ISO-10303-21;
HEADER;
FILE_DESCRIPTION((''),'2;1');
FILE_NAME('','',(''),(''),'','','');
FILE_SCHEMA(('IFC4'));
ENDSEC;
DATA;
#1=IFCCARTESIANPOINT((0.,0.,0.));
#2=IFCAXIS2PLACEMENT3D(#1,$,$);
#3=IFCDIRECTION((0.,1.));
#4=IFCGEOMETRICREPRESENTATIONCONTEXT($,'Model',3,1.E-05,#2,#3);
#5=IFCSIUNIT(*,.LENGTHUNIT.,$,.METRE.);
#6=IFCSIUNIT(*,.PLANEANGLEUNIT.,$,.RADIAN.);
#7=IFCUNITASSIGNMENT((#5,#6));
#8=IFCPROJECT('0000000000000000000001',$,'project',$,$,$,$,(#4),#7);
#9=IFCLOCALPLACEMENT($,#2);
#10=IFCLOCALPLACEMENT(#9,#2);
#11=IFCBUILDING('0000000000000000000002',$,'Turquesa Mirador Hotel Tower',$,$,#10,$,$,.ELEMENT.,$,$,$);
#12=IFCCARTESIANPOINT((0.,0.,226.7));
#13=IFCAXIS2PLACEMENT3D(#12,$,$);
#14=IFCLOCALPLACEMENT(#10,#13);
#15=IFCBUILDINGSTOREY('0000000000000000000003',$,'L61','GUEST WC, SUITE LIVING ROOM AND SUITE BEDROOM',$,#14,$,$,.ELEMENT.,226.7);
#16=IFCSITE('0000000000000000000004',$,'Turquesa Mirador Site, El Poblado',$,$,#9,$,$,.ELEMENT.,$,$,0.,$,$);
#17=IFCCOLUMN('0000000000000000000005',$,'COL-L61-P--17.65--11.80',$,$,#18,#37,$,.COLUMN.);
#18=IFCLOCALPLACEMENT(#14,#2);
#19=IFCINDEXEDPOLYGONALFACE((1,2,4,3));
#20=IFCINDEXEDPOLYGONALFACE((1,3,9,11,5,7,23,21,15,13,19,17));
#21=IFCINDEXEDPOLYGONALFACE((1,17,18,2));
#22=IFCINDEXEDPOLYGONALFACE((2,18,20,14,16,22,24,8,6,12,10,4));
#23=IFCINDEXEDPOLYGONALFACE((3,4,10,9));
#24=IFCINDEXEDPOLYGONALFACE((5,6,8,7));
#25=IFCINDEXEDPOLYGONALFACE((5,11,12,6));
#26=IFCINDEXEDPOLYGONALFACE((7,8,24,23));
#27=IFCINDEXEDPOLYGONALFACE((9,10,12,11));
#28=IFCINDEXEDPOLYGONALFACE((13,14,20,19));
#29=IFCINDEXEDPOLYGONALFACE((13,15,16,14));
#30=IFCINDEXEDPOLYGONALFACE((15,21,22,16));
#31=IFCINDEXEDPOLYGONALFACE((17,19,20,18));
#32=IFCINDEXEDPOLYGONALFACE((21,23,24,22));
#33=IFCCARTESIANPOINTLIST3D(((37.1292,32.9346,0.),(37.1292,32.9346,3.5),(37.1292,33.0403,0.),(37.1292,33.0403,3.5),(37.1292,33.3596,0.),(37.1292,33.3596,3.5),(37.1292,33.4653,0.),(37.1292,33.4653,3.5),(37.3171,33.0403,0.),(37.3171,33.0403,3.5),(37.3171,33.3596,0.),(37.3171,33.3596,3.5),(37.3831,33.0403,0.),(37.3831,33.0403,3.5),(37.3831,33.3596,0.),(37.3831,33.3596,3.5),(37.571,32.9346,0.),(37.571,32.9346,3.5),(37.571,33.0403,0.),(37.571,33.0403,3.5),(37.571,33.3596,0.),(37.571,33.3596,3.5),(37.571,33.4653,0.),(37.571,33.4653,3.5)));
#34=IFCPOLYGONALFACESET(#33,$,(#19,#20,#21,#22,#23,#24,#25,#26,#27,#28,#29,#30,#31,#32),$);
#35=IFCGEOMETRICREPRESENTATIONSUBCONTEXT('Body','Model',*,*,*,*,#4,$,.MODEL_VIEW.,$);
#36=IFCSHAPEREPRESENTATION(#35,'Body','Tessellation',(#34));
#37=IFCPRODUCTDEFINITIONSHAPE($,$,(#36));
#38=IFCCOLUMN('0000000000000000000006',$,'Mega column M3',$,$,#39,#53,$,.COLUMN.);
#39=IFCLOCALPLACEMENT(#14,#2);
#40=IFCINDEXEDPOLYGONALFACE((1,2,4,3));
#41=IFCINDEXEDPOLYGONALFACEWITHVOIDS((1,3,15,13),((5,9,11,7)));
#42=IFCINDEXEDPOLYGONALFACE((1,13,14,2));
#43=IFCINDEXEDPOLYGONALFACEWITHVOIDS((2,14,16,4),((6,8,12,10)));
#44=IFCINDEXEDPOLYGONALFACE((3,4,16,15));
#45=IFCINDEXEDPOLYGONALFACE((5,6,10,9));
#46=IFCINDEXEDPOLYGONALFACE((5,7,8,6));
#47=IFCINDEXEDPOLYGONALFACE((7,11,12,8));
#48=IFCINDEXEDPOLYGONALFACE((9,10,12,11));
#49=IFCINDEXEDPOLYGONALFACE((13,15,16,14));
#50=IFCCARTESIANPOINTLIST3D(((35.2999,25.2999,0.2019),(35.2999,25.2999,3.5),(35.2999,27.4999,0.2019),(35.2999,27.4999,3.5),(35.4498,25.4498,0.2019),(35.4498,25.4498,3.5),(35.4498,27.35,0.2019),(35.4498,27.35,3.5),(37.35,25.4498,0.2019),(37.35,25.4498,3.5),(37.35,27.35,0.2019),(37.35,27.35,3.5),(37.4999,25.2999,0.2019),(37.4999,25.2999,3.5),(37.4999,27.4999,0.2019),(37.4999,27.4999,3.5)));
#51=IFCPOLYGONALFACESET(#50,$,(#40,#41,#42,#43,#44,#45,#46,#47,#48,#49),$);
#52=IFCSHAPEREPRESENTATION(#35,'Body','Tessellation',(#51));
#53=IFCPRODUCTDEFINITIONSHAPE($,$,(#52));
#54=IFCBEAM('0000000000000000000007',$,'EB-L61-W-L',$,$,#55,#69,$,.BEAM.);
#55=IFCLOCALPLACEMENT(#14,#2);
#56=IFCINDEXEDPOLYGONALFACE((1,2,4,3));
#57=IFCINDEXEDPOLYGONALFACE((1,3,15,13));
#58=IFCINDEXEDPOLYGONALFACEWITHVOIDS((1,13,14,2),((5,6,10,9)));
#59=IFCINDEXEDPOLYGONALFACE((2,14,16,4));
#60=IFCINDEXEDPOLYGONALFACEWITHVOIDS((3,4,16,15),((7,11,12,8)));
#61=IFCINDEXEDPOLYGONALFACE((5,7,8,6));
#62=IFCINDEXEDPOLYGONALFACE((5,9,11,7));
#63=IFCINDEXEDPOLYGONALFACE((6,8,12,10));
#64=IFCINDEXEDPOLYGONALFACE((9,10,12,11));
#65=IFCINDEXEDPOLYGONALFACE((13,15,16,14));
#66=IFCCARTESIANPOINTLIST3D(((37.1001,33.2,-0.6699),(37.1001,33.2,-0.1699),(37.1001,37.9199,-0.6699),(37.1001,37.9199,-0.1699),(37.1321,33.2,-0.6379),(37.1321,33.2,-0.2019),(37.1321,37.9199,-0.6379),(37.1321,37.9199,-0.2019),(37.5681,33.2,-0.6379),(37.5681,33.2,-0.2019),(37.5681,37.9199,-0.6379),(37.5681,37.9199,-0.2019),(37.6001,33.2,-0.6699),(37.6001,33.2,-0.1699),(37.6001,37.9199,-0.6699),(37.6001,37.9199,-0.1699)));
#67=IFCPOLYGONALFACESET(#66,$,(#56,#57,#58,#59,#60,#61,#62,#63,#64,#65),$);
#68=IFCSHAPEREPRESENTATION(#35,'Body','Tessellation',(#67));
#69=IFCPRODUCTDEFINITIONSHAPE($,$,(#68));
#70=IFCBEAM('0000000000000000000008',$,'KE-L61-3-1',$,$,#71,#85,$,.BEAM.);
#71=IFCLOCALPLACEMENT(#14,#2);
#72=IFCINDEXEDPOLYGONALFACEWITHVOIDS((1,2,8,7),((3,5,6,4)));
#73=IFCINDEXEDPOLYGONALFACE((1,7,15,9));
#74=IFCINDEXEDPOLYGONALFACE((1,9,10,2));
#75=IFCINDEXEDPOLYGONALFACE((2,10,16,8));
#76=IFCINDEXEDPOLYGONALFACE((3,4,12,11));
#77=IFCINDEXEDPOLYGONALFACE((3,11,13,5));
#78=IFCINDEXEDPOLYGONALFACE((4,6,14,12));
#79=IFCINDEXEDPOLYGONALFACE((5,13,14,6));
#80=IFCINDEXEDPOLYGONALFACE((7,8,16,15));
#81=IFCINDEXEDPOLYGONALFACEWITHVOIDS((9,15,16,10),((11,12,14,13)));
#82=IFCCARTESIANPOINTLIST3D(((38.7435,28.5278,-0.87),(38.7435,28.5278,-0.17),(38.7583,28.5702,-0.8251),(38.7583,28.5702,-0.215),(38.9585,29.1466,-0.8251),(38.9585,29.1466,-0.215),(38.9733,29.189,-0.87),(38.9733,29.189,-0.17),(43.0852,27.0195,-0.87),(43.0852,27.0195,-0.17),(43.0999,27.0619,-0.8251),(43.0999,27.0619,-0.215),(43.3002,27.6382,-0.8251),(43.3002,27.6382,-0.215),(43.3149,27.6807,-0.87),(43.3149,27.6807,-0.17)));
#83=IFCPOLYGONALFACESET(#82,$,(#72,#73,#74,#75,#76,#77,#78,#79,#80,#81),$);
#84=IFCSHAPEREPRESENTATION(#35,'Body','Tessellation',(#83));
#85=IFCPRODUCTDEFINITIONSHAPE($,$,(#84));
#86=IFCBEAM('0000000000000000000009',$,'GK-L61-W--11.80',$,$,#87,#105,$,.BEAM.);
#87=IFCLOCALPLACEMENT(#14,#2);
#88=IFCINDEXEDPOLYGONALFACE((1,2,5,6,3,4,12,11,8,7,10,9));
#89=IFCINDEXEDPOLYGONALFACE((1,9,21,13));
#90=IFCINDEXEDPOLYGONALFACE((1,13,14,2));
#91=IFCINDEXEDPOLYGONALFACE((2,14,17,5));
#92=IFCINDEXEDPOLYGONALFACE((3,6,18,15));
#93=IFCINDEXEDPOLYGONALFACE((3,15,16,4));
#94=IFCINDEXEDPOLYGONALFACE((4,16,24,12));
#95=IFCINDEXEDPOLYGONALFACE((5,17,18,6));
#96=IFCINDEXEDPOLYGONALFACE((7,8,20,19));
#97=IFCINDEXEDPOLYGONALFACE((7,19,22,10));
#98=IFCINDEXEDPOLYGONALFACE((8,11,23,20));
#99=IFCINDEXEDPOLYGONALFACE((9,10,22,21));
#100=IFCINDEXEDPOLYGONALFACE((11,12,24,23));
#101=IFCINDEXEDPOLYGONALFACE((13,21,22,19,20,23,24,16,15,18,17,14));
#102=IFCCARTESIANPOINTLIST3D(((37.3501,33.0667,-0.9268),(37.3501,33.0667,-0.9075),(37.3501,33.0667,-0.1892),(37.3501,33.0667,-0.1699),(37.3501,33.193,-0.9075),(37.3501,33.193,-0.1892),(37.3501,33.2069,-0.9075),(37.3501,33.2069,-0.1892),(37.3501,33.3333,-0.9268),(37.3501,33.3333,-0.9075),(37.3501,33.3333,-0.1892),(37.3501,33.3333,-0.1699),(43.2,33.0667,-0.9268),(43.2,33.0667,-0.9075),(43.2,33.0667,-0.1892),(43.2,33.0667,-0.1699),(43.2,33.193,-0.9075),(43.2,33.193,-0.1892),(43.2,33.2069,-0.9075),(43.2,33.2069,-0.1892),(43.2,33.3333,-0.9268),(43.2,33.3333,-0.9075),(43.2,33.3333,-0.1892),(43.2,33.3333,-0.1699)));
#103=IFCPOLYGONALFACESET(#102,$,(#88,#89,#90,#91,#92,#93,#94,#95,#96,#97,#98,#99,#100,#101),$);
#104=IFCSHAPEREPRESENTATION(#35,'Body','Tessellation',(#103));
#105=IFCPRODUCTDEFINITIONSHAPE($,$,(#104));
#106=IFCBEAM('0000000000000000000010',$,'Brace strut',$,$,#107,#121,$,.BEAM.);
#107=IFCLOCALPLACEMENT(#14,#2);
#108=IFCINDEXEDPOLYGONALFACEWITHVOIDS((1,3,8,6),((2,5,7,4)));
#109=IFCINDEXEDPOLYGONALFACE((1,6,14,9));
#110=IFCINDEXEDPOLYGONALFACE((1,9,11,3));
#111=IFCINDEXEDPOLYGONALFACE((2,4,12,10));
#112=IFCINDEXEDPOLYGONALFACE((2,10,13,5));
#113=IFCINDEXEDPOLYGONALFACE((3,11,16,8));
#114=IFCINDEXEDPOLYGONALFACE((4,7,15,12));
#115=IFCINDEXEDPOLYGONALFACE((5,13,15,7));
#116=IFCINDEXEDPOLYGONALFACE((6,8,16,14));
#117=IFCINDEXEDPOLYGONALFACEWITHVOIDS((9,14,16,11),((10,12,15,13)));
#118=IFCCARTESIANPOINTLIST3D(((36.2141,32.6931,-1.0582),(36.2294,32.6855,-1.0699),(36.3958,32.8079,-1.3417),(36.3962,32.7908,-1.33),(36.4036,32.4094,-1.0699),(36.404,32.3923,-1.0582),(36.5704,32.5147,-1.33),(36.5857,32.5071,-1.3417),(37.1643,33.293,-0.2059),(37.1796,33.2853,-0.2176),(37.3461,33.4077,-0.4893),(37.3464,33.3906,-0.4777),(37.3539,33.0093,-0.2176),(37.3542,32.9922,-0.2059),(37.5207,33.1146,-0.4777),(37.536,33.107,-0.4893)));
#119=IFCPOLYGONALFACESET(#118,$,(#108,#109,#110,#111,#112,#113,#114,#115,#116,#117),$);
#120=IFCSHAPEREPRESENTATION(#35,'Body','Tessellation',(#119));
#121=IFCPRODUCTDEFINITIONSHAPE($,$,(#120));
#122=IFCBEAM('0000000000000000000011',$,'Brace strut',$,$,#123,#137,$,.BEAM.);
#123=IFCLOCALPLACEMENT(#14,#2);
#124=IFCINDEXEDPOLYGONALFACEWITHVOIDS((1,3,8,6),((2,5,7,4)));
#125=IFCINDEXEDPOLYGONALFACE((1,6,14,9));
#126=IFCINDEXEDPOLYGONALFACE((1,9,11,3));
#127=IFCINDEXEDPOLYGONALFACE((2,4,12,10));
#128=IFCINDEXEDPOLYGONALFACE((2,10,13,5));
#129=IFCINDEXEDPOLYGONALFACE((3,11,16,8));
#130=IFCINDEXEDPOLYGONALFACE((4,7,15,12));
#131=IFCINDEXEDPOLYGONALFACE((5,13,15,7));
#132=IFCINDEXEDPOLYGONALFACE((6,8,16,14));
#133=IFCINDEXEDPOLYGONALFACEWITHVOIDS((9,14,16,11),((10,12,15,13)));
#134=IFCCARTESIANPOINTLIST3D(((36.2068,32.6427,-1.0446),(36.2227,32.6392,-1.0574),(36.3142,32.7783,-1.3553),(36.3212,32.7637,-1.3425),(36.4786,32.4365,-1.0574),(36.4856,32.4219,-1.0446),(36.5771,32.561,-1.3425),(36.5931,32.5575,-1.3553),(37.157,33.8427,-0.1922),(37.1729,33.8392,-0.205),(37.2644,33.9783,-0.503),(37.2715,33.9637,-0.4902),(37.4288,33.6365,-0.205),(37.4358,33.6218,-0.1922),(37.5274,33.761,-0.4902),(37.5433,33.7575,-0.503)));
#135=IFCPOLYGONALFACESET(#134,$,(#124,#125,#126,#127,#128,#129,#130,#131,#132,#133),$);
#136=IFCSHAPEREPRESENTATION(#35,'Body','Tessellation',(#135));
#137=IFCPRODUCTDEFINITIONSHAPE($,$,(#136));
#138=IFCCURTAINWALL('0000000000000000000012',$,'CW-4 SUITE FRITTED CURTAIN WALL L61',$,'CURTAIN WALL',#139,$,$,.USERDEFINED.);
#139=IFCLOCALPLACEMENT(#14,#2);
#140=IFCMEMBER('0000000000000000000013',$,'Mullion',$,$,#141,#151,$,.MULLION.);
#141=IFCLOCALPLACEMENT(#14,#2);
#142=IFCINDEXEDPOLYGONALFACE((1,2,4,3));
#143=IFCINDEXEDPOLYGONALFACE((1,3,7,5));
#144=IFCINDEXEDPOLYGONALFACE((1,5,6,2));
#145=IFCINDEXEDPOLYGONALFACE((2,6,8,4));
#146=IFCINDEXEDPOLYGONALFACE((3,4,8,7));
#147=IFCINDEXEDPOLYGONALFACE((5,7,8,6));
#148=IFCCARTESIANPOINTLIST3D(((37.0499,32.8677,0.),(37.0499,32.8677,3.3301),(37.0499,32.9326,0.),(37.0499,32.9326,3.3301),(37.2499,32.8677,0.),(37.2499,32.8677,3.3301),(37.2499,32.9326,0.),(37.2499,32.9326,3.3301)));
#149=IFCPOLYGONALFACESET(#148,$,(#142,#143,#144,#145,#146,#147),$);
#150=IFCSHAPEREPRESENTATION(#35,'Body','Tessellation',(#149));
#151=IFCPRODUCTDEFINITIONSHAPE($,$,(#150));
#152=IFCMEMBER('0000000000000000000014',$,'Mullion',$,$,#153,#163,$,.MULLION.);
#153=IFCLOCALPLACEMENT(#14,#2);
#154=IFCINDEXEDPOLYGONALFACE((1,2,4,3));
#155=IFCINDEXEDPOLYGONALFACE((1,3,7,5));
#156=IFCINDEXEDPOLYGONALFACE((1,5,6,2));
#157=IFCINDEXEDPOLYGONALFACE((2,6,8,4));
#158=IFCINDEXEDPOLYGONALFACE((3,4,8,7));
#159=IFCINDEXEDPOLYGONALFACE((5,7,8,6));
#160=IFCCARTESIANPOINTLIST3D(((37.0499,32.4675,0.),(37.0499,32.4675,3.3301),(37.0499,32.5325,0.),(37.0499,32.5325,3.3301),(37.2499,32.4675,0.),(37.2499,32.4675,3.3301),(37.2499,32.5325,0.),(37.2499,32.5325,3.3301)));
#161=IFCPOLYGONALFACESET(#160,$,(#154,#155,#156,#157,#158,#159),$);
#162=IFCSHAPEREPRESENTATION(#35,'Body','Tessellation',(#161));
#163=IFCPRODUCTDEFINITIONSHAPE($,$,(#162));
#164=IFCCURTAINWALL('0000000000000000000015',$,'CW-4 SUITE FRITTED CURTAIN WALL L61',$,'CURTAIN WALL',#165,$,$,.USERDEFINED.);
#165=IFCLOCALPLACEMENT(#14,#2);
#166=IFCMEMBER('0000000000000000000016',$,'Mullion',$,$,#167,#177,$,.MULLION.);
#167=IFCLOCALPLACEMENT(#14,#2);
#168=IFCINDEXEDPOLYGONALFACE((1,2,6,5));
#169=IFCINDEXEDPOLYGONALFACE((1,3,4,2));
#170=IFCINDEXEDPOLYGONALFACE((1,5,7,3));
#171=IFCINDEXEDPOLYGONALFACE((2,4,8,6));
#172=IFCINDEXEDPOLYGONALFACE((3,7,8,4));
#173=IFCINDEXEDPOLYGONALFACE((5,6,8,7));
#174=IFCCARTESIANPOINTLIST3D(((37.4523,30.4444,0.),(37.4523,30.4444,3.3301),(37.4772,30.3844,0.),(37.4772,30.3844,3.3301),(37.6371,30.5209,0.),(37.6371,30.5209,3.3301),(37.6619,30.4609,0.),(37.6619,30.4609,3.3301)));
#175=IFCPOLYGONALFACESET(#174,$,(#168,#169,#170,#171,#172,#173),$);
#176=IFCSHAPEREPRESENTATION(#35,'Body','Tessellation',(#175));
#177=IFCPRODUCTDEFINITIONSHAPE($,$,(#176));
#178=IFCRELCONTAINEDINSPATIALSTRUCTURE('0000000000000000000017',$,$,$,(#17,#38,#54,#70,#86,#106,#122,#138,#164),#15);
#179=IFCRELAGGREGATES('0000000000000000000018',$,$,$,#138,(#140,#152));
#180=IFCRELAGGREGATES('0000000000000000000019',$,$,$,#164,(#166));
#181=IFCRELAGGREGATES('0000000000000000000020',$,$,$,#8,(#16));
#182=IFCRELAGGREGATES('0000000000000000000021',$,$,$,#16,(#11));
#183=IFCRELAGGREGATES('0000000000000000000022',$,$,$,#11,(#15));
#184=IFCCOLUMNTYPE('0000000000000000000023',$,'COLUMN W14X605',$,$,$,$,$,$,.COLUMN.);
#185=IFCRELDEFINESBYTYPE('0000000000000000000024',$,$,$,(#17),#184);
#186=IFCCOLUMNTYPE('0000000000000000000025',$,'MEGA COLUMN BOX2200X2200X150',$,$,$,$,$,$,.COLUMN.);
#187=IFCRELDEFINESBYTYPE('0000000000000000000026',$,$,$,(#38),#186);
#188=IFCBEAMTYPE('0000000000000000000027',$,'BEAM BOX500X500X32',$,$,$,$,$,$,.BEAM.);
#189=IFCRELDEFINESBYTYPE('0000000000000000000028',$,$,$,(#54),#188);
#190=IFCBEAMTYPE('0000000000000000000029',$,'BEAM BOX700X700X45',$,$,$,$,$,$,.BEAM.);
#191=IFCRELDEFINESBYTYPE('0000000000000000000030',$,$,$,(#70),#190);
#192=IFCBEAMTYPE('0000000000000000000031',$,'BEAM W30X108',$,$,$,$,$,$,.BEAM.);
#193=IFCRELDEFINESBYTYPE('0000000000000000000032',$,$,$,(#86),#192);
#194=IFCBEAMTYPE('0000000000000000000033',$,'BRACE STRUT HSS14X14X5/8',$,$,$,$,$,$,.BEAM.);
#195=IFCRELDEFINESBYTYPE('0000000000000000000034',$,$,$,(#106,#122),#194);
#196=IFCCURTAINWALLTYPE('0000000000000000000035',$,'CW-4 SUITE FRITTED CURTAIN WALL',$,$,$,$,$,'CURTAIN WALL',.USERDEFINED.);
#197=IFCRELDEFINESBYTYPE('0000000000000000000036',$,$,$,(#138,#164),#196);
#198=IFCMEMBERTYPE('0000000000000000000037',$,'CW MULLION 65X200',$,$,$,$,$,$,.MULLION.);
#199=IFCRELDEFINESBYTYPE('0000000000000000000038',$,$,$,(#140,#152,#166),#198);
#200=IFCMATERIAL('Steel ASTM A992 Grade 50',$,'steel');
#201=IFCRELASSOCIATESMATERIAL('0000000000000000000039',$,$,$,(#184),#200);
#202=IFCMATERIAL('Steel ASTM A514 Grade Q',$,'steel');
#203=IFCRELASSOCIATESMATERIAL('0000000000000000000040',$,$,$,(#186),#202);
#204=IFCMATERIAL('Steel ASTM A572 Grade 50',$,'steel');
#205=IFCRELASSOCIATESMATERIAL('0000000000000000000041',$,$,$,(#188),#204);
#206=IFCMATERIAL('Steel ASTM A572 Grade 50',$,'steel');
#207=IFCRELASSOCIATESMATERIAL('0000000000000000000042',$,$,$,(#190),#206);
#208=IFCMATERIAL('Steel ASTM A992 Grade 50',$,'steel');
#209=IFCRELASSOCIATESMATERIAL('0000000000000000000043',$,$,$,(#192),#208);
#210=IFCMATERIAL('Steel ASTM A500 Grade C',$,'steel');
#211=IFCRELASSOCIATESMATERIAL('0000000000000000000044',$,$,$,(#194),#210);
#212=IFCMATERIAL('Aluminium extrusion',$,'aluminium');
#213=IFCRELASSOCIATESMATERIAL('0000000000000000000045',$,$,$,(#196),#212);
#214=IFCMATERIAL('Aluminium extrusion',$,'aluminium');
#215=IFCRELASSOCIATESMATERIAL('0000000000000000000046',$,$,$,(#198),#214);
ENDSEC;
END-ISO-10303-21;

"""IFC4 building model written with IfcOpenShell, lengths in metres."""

from ifc_helpers import new_model, si_unit, direction, frame, origin, origin_2d, place, context, subcontext, project, spatial, rectangle, hollow_rectangle, i_section, extrude, clip, halfspace, material, material_profile, profile_set, type_object, element, aggregate, save


model = new_model("IFC4")

# Units and contexts
model_context = context("Model", 3, precision=1e-05, world=origin(), true_north=direction((0.0, 1.0)))
body_context = subcontext(model_context, "Body", "Model", "MODEL_VIEW")
ifc_project = project(units=[si_unit("LENGTHUNIT", "METRE"), si_unit("PLANEANGLEUNIT", "RADIAN")], contexts=[model_context])

# Site, building, storey
site_placement = place(None, origin())
site = spatial("IfcSite", under=ifc_project, at=site_placement, Name="Turquesa Mirador Site, El Poblado", CompositionType="ELEMENT", RefElevation=0.0)
building_placement = place(site_placement, origin())
building = spatial("IfcBuilding", under=site, at=building_placement, Name="Turquesa Mirador Hotel Tower", CompositionType="ELEMENT")
storey_placement = place(building_placement, frame((0.0, 0.0, 226.7)))
storey = spatial("IfcBuildingStorey", under=building, at=storey_placement, Name="L61", Description="GUEST WC, SUITE LIVING ROOM AND SUITE BEDROOM", CompositionType="ELEMENT", Elevation=226.7)

# Columns
ifc_material_1 = material(Name="Steel ASTM A992 Grade 50", Category="steel")
ifc_material_profile_1 = material_profile(ifc_material_1, i_section(OverallWidth=0.4419, OverallDepth=0.5308, WebThickness=0.0659, FlangeThickness=0.1057, at=origin_2d()), Name="W14X605")
ifc_profile_set_1 = profile_set([ifc_material_profile_1], Name="Steel ASTM A992 Grade 50")
column_type_1 = type_object("IfcColumnType", Name="COLUMN W14X605", PredefinedType="COLUMN", material=ifc_profile_set_1)
column_1_placement = place(storey_placement, frame((37.3501, 33.2, 0.0), z_axis=(0.0, 0.0, 1.0), x_axis=(1.0, 0.0, 0.0)))
element("IfcColumn", 1, at=column_1_placement, inside=storey, type_object=column_type_1, Name="COL-L61-P--17.65--11.80", PredefinedType="COLUMN", context=body_context, shape_type="SweptSolid", body=[
    extrude(i_section(OverallWidth=0.4419, OverallDepth=0.5308, WebThickness=0.0659, FlangeThickness=0.1057, at=origin_2d()), origin(), (0.0, 0.0, 1.0), 3.5),
])
ifc_material_2 = material(Name="Steel ASTM A514 Grade Q", Category="steel")
ifc_material_profile_2 = material_profile(ifc_material_2, hollow_rectangle(XDim=2.2, YDim=2.2, WallThickness=0.1499, at=origin_2d()), Name="BOX2200X2200X150")
ifc_profile_set_2 = profile_set([ifc_material_profile_2], Name="Steel ASTM A514 Grade Q")
column_type_2 = type_object("IfcColumnType", Name="MEGA COLUMN BOX2200X2200X150", PredefinedType="COLUMN", material=ifc_profile_set_2)
column_2_placement = place(storey_placement, frame((36.3999, 26.3999, 0.0), z_axis=(0.0, 0.0, 1.0), x_axis=(1.0, 0.0, 0.0)))
element("IfcColumn", 2, at=column_2_placement, inside=storey, type_object=column_type_2, Name="Mega column M3", PredefinedType="COLUMN", context=body_context, shape_type="Clipping", body=[
    clip(extrude(hollow_rectangle(XDim=2.2, YDim=2.2, WallThickness=0.1499, at=origin_2d()), origin(), (0.0, 0.0, 1.0), 3.5), halfspace(frame((0.0, 0.0, 0.2019), z_axis=(0.0, 0.0, -1.0), x_axis=(1.0, 0.0, 0.0)), False)),
])

# Beams
ifc_material_3 = material(Name="Steel ASTM A572 Grade 50", Category="steel")
ifc_material_profile_3 = material_profile(ifc_material_3, hollow_rectangle(XDim=0.5, YDim=0.5, WallThickness=0.032, at=origin_2d()), Name="BOX500X500X32")
ifc_profile_set_3 = profile_set([ifc_material_profile_3], Name="Steel ASTM A572 Grade 50")
beam_type_1 = type_object("IfcBeamType", Name="BEAM BOX500X500X32", PredefinedType="BEAM", material=ifc_profile_set_3)
beam_1_placement = place(storey_placement, frame((37.3501, 33.2, -0.4199), z_axis=(0.0, 1.0, 0.0), x_axis=(-1.0, 0.0, 0.0)))
element("IfcBeam", 3, at=beam_1_placement, inside=storey, type_object=beam_type_1, Name="EB-L61-W-L", PredefinedType="BEAM", context=body_context, shape_type="SweptSolid", body=[
    extrude(hollow_rectangle(XDim=0.5, YDim=0.5, WallThickness=0.032, at=origin_2d()), origin(), (0.0, 0.0, 1.0), 4.72),
])
ifc_material_4 = material(Name="Steel ASTM A572 Grade 50", Category="steel")
ifc_material_profile_4 = material_profile(ifc_material_4, hollow_rectangle(XDim=0.7, YDim=0.7, WallThickness=0.0449, at=origin_2d()), Name="BOX700X700X45")
ifc_profile_set_4 = profile_set([ifc_material_profile_4], Name="Steel ASTM A572 Grade 50")
beam_type_2 = type_object("IfcBeamType", Name="BEAM BOX700X700X45", PredefinedType="BEAM", material=ifc_profile_set_4)
beam_2_placement = place(storey_placement, frame((38.8584, 28.8584, -0.52), z_axis=(0.944619, -0.32817, 0.0), x_axis=(0.32817, 0.944619, 0.0)))
element("IfcBeam", 4, at=beam_2_placement, inside=storey, type_object=beam_type_2, Name="KE-L61-3-1", PredefinedType="BEAM", context=body_context, shape_type="SweptSolid", body=[
    extrude(hollow_rectangle(XDim=0.7, YDim=0.7, WallThickness=0.0449, at=origin_2d()), origin(), (0.0, 0.0, 1.0), 4.5962),
])
ifc_material_5 = material(Name="Steel ASTM A992 Grade 50", Category="steel")
ifc_material_profile_5 = material_profile(ifc_material_5, i_section(OverallWidth=0.2666, OverallDepth=0.7568, WebThickness=0.0139, FlangeThickness=0.0193, at=origin_2d()), Name="W30X108")
ifc_profile_set_5 = profile_set([ifc_material_profile_5], Name="Steel ASTM A992 Grade 50")
beam_type_3 = type_object("IfcBeamType", Name="BEAM W30X108", PredefinedType="BEAM", material=ifc_profile_set_5)
beam_3_placement = place(storey_placement, frame((37.3501, 33.2, -0.5483), z_axis=(1.0, 0.0, 0.0), x_axis=(0.0, 1.0, 0.0)))
element("IfcBeam", 5, at=beam_3_placement, inside=storey, type_object=beam_type_3, Name="GK-L61-W--11.80", PredefinedType="BEAM", context=body_context, shape_type="SweptSolid", body=[
    extrude(i_section(OverallWidth=0.2666, OverallDepth=0.7568, WebThickness=0.0139, FlangeThickness=0.0193, at=origin_2d()), origin(), (0.0, 0.0, 1.0), 5.8499),
])
ifc_material_6 = material(Name="Steel ASTM A500 Grade C", Category="steel")
ifc_material_profile_6 = material_profile(ifc_material_6, hollow_rectangle(XDim=0.3557, YDim=0.3557, WallThickness=0.0146, at=origin_2d()), Name="HSS14X14X5/8")
ifc_profile_set_6 = profile_set([ifc_material_profile_6], Name="Steel ASTM A500 Grade C")
beam_type_4 = type_object("IfcBeamType", Name="BRACE STRUT HSS14X14X5/8", PredefinedType="BEAM", material=ifc_profile_set_6)
beam_4_placement = place(storey_placement, frame((36.3999, 32.6001, -1.2), z_axis=(0.673728, 0.425321, 0.604312), x_axis=(-0.533821, 0.845597, 0.0)))
element("IfcBeam", 6, at=beam_4_placement, inside=storey, type_object=beam_type_4, Name="Brace strut", PredefinedType="BEAM", context=body_context, shape_type="SweptSolid", body=[
    extrude(hollow_rectangle(XDim=0.3557, YDim=0.3557, WallThickness=0.0146, at=origin_2d()), origin(), (0.0, 0.0, 1.0), 1.4104),
])
beam_5_placement = place(storey_placement, frame((36.3999, 32.6001, -1.2), z_axis=(0.542379, 0.684942, 0.486497), x_axis=(-0.783971, 0.620797, 0.0)))
element("IfcBeam", 7, at=beam_5_placement, inside=storey, type_object=beam_type_4, Name="Brace strut", PredefinedType="BEAM", context=body_context, shape_type="SweptSolid", body=[
    extrude(hollow_rectangle(XDim=0.3557, YDim=0.3557, WallThickness=0.0146, at=origin_2d()), origin(), (0.0, 0.0, 1.0), 1.752),
])

# Curtain wall, members
ifc_material_7 = material(Name="Aluminium extrusion", Category="aluminium")
curtain_wall_type = type_object("IfcCurtainWallType", Name="CW-4 SUITE FRITTED CURTAIN WALL", ElementType="CURTAIN WALL", PredefinedType="USERDEFINED", material=ifc_material_7)
curtain_wall_1_placement = place(storey_placement, origin())
curtain_wall_1 = element("IfcCurtainWall", 8, at=curtain_wall_1_placement, inside=storey, type_object=curtain_wall_type, Name="CW-4 SUITE FRITTED CURTAIN WALL L61", ObjectType="CURTAIN WALL", PredefinedType="USERDEFINED")
ifc_material_8 = material(Name="Aluminium extrusion", Category="aluminium")
ifc_material_profile_7 = material_profile(ifc_material_8, rectangle(XDim=0.0649, YDim=0.2, at=origin_2d()), Name="MULLION 65X200")
ifc_profile_set_7 = profile_set([ifc_material_profile_7], Name="Aluminium extrusion")
member_type_1 = type_object("IfcMemberType", Name="CW MULLION 65X200", PredefinedType="MULLION", material=ifc_profile_set_7)
member_1_placement = place(storey_placement, frame((37.1499, 32.9001, 0.0), z_axis=(0.0, 0.0, 1.0), x_axis=(0.0, -1.0, 0.0)))
member_1 = element("IfcMember", 9, at=member_1_placement, type_object=member_type_1, Name="Mullion", PredefinedType="MULLION", context=body_context, shape_type="SweptSolid", body=[
    extrude(rectangle(XDim=0.0649, YDim=0.2, at=origin_2d()), origin(), (0.0, 0.0, 1.0), 3.3301),
])
member_2_placement = place(storey_placement, frame((37.1499, 32.5, 0.0), z_axis=(0.0, 0.0, 1.0), x_axis=(0.0, -1.0, 0.0)))
member_2 = element("IfcMember", 10, at=member_2_placement, type_object=member_type_1, Name="Mullion", PredefinedType="MULLION", context=body_context, shape_type="SweptSolid", body=[
    extrude(rectangle(XDim=0.0649, YDim=0.2, at=origin_2d()), origin(), (0.0, 0.0, 1.0), 3.3301),
])

# Curtain wall, member
curtain_wall_2_placement = place(storey_placement, origin())
curtain_wall_2 = element("IfcCurtainWall", 11, at=curtain_wall_2_placement, inside=storey, type_object=curtain_wall_type, Name="CW-4 SUITE FRITTED CURTAIN WALL L61", ObjectType="CURTAIN WALL", PredefinedType="USERDEFINED")
member_3_placement = place(storey_placement, frame((37.5571, 30.4526, 0.0), z_axis=(0.0, 0.0, 1.0), x_axis=(0.382683, -0.92388, 0.0)))
member_3 = element("IfcMember", 12, at=member_3_placement, type_object=member_type_1, Name="Mullion", PredefinedType="MULLION", context=body_context, shape_type="SweptSolid", body=[
    extrude(rectangle(XDim=0.0649, YDim=0.2, at=origin_2d()), origin(), (0.0, 0.0, 1.0), 3.3301),
])

aggregate(curtain_wall_1, [member_1, member_2])
aggregate(curtain_wall_2, [member_3])

save(model, "model.ifc")
